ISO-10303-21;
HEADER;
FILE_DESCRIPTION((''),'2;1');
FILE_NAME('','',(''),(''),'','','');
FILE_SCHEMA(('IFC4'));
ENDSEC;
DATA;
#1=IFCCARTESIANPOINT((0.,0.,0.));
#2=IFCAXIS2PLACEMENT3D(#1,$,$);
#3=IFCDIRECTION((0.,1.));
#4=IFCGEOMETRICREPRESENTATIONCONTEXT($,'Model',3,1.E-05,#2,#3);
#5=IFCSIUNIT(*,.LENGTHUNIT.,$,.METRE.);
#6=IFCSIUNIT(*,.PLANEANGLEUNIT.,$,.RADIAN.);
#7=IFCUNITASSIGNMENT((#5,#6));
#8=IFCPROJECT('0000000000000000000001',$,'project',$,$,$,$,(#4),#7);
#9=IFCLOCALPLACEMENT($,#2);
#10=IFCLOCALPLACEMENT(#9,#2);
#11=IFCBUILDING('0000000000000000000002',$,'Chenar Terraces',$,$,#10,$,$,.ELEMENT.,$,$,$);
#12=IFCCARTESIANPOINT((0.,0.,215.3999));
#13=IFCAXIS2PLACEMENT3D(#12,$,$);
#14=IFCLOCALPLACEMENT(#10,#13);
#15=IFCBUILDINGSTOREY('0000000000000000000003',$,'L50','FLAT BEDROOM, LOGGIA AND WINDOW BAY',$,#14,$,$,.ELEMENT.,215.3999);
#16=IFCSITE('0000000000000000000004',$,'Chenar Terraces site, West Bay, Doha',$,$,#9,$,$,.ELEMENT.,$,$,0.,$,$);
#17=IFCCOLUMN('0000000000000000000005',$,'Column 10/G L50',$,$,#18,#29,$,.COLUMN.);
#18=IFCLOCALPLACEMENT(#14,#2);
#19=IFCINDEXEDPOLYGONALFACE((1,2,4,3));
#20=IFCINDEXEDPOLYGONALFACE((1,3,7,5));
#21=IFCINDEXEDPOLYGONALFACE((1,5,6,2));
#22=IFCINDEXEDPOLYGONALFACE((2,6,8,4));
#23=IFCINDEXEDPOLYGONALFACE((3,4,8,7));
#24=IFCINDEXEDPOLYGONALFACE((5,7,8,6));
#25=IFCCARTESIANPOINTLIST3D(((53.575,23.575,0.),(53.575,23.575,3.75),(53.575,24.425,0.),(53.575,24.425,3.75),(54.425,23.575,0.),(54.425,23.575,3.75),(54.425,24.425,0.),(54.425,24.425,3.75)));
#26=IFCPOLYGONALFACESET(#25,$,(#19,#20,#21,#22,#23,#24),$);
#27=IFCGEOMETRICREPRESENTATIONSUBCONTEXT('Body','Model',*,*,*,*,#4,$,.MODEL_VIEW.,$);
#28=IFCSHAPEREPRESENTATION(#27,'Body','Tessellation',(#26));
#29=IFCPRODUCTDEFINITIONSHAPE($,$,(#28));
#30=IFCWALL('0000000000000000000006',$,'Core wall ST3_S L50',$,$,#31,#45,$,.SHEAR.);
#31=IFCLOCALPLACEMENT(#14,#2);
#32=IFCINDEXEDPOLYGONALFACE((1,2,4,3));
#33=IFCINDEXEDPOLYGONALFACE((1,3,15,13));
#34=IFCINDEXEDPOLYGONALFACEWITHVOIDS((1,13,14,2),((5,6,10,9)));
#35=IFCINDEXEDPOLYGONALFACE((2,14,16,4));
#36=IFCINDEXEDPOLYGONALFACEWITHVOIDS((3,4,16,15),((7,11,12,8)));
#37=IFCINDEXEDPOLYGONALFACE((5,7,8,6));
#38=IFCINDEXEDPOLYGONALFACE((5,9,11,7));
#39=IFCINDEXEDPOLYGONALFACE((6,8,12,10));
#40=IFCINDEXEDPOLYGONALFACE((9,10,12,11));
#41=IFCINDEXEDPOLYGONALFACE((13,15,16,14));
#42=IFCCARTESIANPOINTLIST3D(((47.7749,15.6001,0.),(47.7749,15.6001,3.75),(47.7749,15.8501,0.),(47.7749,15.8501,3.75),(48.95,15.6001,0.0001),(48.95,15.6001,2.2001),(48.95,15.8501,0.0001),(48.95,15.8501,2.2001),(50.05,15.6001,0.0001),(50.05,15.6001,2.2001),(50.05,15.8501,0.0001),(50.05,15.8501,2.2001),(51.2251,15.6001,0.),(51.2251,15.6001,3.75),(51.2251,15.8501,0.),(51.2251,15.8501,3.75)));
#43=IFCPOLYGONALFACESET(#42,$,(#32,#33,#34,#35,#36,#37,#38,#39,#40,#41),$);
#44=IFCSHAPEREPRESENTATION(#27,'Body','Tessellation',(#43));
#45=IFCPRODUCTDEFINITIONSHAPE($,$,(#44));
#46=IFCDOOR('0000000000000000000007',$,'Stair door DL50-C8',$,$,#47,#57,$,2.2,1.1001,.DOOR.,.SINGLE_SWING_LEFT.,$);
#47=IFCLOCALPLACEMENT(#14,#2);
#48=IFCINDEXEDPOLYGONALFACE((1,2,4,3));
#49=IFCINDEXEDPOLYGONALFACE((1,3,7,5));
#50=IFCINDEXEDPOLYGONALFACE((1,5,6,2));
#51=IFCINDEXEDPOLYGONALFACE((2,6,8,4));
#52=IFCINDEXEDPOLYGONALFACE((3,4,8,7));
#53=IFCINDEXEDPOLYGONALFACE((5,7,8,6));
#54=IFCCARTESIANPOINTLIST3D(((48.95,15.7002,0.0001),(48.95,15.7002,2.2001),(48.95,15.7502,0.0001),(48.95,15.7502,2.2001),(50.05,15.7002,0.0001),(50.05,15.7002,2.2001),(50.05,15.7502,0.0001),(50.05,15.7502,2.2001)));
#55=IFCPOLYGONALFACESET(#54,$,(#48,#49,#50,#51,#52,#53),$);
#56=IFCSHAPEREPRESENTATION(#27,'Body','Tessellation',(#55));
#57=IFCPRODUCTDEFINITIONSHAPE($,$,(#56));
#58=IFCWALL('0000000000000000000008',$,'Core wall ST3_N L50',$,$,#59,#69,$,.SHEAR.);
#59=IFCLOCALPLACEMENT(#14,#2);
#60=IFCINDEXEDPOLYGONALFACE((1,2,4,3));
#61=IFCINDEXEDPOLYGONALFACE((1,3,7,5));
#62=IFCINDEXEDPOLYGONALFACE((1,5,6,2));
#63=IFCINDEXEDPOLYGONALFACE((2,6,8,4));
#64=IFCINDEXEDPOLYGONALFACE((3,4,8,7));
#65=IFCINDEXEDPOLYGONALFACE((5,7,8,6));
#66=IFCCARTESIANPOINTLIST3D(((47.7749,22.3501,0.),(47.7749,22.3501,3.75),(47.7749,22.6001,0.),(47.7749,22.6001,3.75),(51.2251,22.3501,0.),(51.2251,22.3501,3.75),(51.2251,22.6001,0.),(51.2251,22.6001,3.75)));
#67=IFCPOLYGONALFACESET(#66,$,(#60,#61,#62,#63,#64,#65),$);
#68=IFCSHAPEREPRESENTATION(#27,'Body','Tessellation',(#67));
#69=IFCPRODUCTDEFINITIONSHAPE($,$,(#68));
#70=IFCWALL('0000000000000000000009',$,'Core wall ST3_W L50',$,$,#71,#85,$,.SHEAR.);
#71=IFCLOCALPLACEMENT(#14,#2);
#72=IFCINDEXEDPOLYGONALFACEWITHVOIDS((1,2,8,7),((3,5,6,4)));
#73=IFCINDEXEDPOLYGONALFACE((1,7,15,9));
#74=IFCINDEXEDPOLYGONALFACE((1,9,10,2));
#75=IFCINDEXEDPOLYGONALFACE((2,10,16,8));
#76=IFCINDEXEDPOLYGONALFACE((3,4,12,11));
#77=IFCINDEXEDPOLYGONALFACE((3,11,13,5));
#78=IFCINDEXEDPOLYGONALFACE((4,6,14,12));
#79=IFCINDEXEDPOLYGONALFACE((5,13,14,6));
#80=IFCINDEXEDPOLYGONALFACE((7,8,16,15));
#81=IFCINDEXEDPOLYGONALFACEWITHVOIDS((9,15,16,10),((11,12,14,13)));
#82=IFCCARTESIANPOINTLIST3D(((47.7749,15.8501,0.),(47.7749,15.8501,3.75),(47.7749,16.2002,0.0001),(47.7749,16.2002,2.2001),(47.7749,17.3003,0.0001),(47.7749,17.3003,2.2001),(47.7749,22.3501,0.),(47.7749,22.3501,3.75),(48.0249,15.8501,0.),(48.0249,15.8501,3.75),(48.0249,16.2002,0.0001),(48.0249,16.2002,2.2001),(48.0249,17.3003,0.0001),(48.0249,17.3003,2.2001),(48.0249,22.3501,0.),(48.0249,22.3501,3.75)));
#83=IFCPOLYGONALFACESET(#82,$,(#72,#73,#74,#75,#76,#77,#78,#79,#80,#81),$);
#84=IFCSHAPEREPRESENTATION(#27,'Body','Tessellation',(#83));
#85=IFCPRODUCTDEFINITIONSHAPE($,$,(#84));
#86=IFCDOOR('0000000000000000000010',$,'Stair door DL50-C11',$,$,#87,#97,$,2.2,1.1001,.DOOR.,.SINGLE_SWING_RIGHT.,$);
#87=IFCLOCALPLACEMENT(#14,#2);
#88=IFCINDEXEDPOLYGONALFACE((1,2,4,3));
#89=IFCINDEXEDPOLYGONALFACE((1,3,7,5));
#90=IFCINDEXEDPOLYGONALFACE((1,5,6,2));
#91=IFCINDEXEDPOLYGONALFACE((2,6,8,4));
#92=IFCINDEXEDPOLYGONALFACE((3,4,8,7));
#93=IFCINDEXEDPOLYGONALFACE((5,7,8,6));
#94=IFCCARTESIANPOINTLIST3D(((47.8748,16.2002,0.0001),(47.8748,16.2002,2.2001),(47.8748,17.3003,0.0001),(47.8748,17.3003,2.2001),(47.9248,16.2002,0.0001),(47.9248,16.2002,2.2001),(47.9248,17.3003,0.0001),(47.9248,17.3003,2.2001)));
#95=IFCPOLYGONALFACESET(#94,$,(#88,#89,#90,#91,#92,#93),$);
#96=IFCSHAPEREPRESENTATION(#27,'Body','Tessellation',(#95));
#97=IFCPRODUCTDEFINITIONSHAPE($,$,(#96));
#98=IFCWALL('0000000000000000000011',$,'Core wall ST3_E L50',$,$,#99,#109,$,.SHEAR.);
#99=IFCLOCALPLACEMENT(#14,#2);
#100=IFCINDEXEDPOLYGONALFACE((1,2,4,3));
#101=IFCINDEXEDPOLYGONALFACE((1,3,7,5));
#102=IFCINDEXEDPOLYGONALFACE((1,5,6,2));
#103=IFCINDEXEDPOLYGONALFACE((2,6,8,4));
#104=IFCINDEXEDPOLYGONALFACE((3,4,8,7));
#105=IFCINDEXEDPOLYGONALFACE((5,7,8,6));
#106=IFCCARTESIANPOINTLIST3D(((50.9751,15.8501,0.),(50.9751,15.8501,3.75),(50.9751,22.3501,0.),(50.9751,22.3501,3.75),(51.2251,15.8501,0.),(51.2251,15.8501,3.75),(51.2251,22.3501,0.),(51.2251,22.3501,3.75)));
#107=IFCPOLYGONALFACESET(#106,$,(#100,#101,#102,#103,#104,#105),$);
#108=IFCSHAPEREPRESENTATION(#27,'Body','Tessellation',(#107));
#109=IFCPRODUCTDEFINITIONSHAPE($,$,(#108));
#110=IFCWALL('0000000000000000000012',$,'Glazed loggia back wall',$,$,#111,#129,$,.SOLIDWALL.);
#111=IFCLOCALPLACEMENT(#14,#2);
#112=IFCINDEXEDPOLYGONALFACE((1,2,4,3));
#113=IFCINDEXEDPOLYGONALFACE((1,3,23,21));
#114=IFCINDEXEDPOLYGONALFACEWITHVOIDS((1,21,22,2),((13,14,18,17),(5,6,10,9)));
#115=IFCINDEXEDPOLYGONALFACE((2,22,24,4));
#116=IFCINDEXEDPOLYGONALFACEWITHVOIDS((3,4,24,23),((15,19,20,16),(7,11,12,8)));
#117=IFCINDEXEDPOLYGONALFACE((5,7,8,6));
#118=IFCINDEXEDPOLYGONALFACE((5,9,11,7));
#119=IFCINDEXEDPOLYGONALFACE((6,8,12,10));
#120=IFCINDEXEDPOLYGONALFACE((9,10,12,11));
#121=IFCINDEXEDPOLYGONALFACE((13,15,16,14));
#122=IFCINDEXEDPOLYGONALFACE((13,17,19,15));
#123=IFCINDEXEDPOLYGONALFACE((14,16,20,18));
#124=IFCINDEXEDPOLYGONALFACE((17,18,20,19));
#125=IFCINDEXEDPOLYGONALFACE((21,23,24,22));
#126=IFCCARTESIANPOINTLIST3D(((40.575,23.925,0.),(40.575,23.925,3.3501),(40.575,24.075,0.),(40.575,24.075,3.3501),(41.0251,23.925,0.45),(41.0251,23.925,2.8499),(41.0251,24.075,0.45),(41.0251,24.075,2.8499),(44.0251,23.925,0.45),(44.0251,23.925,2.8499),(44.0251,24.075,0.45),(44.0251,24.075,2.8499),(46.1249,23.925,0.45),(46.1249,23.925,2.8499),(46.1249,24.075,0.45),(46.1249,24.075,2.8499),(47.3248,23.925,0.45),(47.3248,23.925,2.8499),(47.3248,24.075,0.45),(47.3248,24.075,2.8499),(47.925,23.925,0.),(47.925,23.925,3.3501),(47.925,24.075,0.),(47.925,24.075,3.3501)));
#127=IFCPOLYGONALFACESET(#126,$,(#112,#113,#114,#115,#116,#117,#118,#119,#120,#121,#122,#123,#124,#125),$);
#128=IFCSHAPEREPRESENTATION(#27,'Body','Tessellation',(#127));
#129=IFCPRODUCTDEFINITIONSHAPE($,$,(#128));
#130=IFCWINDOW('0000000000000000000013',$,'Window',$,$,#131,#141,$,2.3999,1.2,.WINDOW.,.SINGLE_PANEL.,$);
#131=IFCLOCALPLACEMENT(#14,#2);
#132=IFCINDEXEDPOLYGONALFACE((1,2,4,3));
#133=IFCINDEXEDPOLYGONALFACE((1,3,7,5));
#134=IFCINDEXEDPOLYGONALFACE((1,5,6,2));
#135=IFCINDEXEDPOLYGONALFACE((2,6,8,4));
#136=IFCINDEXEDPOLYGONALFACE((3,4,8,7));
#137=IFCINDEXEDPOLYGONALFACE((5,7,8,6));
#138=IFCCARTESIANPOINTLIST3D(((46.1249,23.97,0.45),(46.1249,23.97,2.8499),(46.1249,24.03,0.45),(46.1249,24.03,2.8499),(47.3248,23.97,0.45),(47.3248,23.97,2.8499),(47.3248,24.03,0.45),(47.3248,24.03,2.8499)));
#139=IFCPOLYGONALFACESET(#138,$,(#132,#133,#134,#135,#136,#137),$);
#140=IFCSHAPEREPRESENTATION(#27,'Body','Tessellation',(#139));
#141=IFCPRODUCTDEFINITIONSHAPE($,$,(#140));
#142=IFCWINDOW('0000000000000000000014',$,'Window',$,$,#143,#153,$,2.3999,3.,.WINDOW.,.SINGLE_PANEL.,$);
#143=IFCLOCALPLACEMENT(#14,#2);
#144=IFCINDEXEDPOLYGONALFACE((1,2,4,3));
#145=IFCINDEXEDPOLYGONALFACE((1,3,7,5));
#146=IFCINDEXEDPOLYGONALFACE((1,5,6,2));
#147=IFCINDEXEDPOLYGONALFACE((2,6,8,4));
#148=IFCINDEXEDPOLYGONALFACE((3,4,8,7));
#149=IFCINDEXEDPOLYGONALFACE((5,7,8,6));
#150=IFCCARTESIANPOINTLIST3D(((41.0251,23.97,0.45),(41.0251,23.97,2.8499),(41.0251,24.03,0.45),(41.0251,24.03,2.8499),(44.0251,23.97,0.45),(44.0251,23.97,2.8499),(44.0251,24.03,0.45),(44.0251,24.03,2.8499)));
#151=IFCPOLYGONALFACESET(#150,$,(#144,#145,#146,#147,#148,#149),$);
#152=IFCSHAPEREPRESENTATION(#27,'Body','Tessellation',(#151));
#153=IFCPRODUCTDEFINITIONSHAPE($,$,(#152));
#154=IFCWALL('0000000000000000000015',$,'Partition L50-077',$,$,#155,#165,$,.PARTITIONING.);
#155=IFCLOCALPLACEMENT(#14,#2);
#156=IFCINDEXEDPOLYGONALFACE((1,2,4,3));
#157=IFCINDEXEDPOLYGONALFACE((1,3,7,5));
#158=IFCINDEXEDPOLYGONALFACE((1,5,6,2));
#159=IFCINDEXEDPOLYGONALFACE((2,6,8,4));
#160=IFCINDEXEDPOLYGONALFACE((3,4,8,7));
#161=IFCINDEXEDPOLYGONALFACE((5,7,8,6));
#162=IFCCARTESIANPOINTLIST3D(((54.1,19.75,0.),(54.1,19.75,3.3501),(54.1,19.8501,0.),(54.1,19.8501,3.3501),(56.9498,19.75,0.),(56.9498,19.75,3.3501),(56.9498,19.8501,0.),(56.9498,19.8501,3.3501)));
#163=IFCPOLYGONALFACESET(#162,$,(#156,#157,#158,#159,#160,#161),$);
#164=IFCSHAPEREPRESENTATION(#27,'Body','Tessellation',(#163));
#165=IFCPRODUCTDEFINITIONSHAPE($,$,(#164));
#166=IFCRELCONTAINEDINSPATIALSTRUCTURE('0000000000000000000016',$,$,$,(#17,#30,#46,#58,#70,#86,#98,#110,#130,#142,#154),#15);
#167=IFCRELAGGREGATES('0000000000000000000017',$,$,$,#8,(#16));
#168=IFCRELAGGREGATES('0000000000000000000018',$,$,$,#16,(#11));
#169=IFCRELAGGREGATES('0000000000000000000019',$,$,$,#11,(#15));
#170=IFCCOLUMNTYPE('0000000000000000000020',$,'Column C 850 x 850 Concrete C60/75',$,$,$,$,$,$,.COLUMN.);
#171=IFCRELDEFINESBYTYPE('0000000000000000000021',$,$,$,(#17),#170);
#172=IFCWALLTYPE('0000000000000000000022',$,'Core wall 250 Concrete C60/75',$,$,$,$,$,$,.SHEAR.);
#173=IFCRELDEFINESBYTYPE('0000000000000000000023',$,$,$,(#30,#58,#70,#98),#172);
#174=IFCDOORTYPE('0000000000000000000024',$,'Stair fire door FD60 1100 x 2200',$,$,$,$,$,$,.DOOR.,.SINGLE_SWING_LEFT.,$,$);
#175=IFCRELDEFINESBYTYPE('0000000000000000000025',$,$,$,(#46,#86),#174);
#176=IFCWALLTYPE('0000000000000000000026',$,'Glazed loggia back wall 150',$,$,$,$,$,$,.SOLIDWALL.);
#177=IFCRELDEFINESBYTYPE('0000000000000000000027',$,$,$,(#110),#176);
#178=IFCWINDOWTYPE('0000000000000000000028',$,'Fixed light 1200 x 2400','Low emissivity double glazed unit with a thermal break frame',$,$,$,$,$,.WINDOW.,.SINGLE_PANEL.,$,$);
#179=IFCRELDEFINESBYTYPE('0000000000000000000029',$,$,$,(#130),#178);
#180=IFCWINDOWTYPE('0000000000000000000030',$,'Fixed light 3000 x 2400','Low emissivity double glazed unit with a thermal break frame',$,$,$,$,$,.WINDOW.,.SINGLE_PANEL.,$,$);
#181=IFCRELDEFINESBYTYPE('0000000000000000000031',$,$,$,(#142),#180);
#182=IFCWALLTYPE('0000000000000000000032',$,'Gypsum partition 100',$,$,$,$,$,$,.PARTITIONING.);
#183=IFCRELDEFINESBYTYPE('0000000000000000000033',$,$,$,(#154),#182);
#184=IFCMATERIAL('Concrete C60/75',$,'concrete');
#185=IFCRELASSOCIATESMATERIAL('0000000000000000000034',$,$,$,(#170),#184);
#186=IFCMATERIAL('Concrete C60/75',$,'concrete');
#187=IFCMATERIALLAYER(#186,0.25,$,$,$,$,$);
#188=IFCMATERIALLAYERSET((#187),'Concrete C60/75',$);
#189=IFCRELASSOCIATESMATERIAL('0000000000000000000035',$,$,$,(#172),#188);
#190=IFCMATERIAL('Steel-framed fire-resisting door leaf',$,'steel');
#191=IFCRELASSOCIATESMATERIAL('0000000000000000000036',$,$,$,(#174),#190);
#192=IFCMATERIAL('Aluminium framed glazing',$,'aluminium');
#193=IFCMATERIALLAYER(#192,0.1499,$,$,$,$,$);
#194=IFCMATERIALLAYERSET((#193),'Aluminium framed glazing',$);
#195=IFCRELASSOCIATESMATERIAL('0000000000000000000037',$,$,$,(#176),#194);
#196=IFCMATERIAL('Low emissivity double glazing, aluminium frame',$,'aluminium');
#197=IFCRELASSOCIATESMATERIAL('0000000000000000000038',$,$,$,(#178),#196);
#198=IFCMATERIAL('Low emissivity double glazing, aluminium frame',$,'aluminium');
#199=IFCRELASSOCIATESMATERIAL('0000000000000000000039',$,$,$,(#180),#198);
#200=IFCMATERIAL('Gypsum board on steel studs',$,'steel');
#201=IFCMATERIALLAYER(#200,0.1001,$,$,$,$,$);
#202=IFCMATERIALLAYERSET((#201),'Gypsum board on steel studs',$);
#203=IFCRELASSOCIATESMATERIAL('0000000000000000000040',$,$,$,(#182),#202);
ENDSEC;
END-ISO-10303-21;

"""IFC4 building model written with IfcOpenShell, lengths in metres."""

from ifc_helpers import new_model, si_unit, direction, frame, frame_2d, origin, origin_2d, place, context, subcontext, project, spatial, rectangle, extrude, material, layer, layer_set, material_profile, profile_set, type_object, element, fill, save


model = new_model("IFC4")

# Units and contexts
model_context = context("Model", 3, precision=1e-05, world=origin(), true_north=direction((0.0, 1.0)))
body_context = subcontext(model_context, "Body", "Model", "MODEL_VIEW")
ifc_project = project(units=[si_unit("LENGTHUNIT", "METRE"), si_unit("PLANEANGLEUNIT", "RADIAN")], contexts=[model_context])

# Site, building, storey
site_placement = place(None, origin())
site = spatial("IfcSite", under=ifc_project, at=site_placement, Name="Chenar Terraces site, West Bay, Doha", CompositionType="ELEMENT", RefElevation=0.0)
building_placement = place(site_placement, origin())
building = spatial("IfcBuilding", under=site, at=building_placement, Name="Chenar Terraces", CompositionType="ELEMENT")
storey_placement = place(building_placement, frame((0.0, 0.0, 215.3999)))
storey = spatial("IfcBuildingStorey", under=building, at=storey_placement, Name="L50", Description="FLAT BEDROOM, LOGGIA AND WINDOW BAY", CompositionType="ELEMENT", Elevation=215.3999)

# Column
ifc_material_1 = material(Name="Concrete C60/75", Category="concrete")
ifc_material_profile = material_profile(ifc_material_1, rectangle(XDim=0.8501, YDim=0.8501, at=origin_2d()), Name="C 850 x 850")
ifc_profile_set = profile_set([ifc_material_profile], Name="Concrete C60/75")
column_type = type_object("IfcColumnType", Name="Column C 850 x 850 Concrete C60/75", PredefinedType="COLUMN", material=ifc_profile_set)
column_placement = place(storey_placement, frame((54.0, 24.0, 0.0), z_axis=(0.0, 0.0, 1.0), x_axis=(1.0, 0.0, 0.0)))
element("IfcColumn", 1, at=column_placement, inside=storey, type_object=column_type, Name="Column 10/G L50", PredefinedType="COLUMN", context=body_context, shape_type="SweptSolid", body=[
    extrude(rectangle(XDim=0.8501, YDim=0.8501, at=origin_2d()), origin(), (0.0, 0.0, 1.0), 3.75),
])

# Wall, opening, door
ifc_material_2 = material(Name="Concrete C60/75", Category="concrete")
ifc_layer_1 = layer(ifc_material_2, 0.25)
ifc_layer_set_1 = layer_set([ifc_layer_1], Name="Concrete C60/75")
wall_type_1 = type_object("IfcWallType", Name="Core wall 250 Concrete C60/75", PredefinedType="SHEAR", material=ifc_layer_set_1)
wall_1_placement = place(storey_placement, frame((47.7749, 15.7251, 0.0), z_axis=(0.0, 0.0, 1.0), x_axis=(1.0, 0.0, 0.0)))
wall_1 = element("IfcWall", 2, at=wall_1_placement, inside=storey, type_object=wall_type_1, Name="Core wall ST3_S L50", PredefinedType="SHEAR", context=body_context, shape_type="SweptSolid", body=[
    extrude(rectangle(XDim=3.4502, YDim=0.25, at=frame_2d((1.7251, 0.0))), origin(), (0.0, 0.0, 1.0), 3.75),
])
opening_1_placement = place(wall_1_placement, frame((1.175, 0.0, 0.0)))
opening_1 = element("IfcOpeningElement", 3, at=opening_1_placement, cuts=wall_1, PredefinedType="OPENING", context=body_context, shape_type="SweptSolid", body=[
    extrude(rectangle(XDim=1.1001, YDim=2.2, at=frame_2d((0.55, 1.1001))), frame((0.0, 0.135, 0.0), z_axis=(0.0, -1.0, 0.0), x_axis=(1.0, 0.0, 0.0)), (0.0, 0.0, 1.0), 0.27),
])
ifc_material_3 = material(Name="Steel-framed fire-resisting door leaf", Category="steel")
door_type_1 = type_object("IfcDoorType", Name="Stair fire door FD60 1100 x 2200", OperationType="SINGLE_SWING_LEFT", PredefinedType="DOOR", material=ifc_material_3)
door_1_placement = place(opening_1_placement, frame((1.1001, 0.0, 0.0), z_axis=(0.0, 0.0, 1.0), x_axis=(-1.0, 0.0, 0.0)))
door_1 = element("IfcDoor", 4, at=door_1_placement, inside=storey, type_object=door_type_1, Name="Stair door DL50-C8", OperationType="SINGLE_SWING_LEFT", OverallHeight=2.2, OverallWidth=1.1001, PredefinedType="DOOR", context=body_context, shape_type="SweptSolid", body=[
    extrude(rectangle(XDim=1.1001, YDim=2.2, at=frame_2d((0.55, 1.1001))), frame((0.0, 0.0249, 0.0), z_axis=(0.0, -1.0, 0.0), x_axis=(1.0, 0.0, 0.0)), (0.0, 0.0, 1.0), 0.05),
])
fill(opening_1, door_1)

# Wall
wall_2_placement = place(storey_placement, frame((47.7749, 22.4751, 0.0), z_axis=(0.0, 0.0, 1.0), x_axis=(1.0, 0.0, 0.0)))
element("IfcWall", 5, at=wall_2_placement, inside=storey, type_object=wall_type_1, Name="Core wall ST3_N L50", PredefinedType="SHEAR", context=body_context, shape_type="SweptSolid", body=[
    extrude(rectangle(XDim=3.4502, YDim=0.25, at=frame_2d((1.7251, 0.0))), origin(), (0.0, 0.0, 1.0), 3.75),
])

# Wall, opening, door
wall_3_placement = place(storey_placement, frame((47.8999, 15.8501, 0.0), z_axis=(0.0, 0.0, 1.0), x_axis=(0.0, 1.0, 0.0)))
wall_3 = element("IfcWall", 6, at=wall_3_placement, inside=storey, type_object=wall_type_1, Name="Core wall ST3_W L50", PredefinedType="SHEAR", context=body_context, shape_type="SweptSolid", body=[
    extrude(rectangle(XDim=6.5, YDim=0.25, at=frame_2d((3.25, 0.0))), origin(), (0.0, 0.0, 1.0), 3.75),
])
opening_2_placement = place(wall_3_placement, frame((0.3501, 0.0, 0.0)))
opening_2 = element("IfcOpeningElement", 7, at=opening_2_placement, cuts=wall_3, PredefinedType="OPENING", context=body_context, shape_type="SweptSolid", body=[
    extrude(rectangle(XDim=1.1001, YDim=2.2, at=frame_2d((0.55, 1.1001))), frame((0.0, 0.135, 0.0), z_axis=(0.0, -1.0, 0.0), x_axis=(1.0, 0.0, 0.0)), (0.0, 0.0, 1.0), 0.27),
])
door_2_placement = place(opening_2_placement, frame((1.1001, 0.0, 0.0), z_axis=(0.0, 0.0, 1.0), x_axis=(-1.0, 0.0, 0.0)))
door_2 = element("IfcDoor", 8, at=door_2_placement, inside=storey, type_object=door_type_1, Name="Stair door DL50-C11", OperationType="SINGLE_SWING_RIGHT", OverallHeight=2.2, OverallWidth=1.1001, PredefinedType="DOOR", context=body_context, shape_type="SweptSolid", body=[
    extrude(rectangle(XDim=1.1001, YDim=2.2, at=frame_2d((0.55, 1.1001))), frame((0.0, 0.0249, 0.0), z_axis=(0.0, -1.0, 0.0), x_axis=(1.0, 0.0, 0.0)), (0.0, 0.0, 1.0), 0.05),
])
fill(opening_2, door_2)

# Wall
wall_4_placement = place(storey_placement, frame((51.1001, 15.8501, 0.0), z_axis=(0.0, 0.0, 1.0), x_axis=(0.0, 1.0, 0.0)))
element("IfcWall", 9, at=wall_4_placement, inside=storey, type_object=wall_type_1, Name="Core wall ST3_E L50", PredefinedType="SHEAR", context=body_context, shape_type="SweptSolid", body=[
    extrude(rectangle(XDim=6.5, YDim=0.25, at=frame_2d((3.25, 0.0))), origin(), (0.0, 0.0, 1.0), 3.75),
])

# Wall, openings, windows
ifc_material_4 = material(Name="Aluminium framed glazing", Category="aluminium")
ifc_layer_2 = layer(ifc_material_4, 0.1499)
ifc_layer_set_2 = layer_set([ifc_layer_2], Name="Aluminium framed glazing")
wall_type_2 = type_object("IfcWallType", Name="Glazed loggia back wall 150", PredefinedType="SOLIDWALL", material=ifc_layer_set_2)
wall_5_placement = place(storey_placement, frame((47.925, 24.0, 0.0), z_axis=(0.0, 0.0, 1.0), x_axis=(-1.0, 0.0, 0.0)))
wall_5 = element("IfcWall", 10, at=wall_5_placement, inside=storey, type_object=wall_type_2, Name="Glazed loggia back wall", PredefinedType="SOLIDWALL", context=body_context, shape_type="SweptSolid", body=[
    extrude(rectangle(XDim=7.3501, YDim=0.1499, at=frame_2d((3.675, 0.0))), origin(), (0.0, 0.0, 1.0), 3.3501),
])
opening_3_placement = place(wall_5_placement, frame((0.6001, 0.0, 0.45)))
opening_3 = element("IfcOpeningElement", 11, at=opening_3_placement, cuts=wall_5, PredefinedType="OPENING", context=body_context, shape_type="SweptSolid", body=[
    extrude(rectangle(XDim=1.2, YDim=2.3999, at=frame_2d((0.6001, 1.2))), frame((0.0, 0.085, 0.0), z_axis=(0.0, -1.0, 0.0), x_axis=(1.0, 0.0, 0.0)), (0.0, 0.0, 1.0), 0.1699),
])
opening_4_placement = place(wall_5_placement, frame((3.8999, 0.0, 0.45)))
opening_4 = element("IfcOpeningElement", 12, at=opening_4_placement, cuts=wall_5, PredefinedType="OPENING", context=body_context, shape_type="SweptSolid", body=[
    extrude(rectangle(XDim=3.0, YDim=2.3999, at=frame_2d((1.5, 1.2))), frame((0.0, 0.085, 0.0), z_axis=(0.0, -1.0, 0.0), x_axis=(1.0, 0.0, 0.0)), (0.0, 0.0, 1.0), 0.1699),
])
ifc_material_5 = material(Name="Low emissivity double glazing, aluminium frame", Category="aluminium")
window_type_1 = type_object("IfcWindowType", Name="Fixed light 1200 x 2400", Description="Low emissivity double glazed unit with a thermal break frame", PartitioningType="SINGLE_PANEL", PredefinedType="WINDOW", material=ifc_material_5)
window_1_placement = place(opening_3_placement, origin())
window_1 = element("IfcWindow", 13, at=window_1_placement, inside=storey, type_object=window_type_1, Name="Window", OverallHeight=2.3999, OverallWidth=1.2, PartitioningType="SINGLE_PANEL", PredefinedType="WINDOW", context=body_context, shape_type="SweptSolid", body=[
    extrude(rectangle(XDim=1.2, YDim=2.3999, at=frame_2d((0.6001, 1.2))), frame((0.0, 0.03, 0.0), z_axis=(0.0, -1.0, 0.0), x_axis=(1.0, 0.0, 0.0)), (0.0, 0.0, 1.0), 0.0601),
])
fill(opening_3, window_1)
ifc_material_6 = material(Name="Low emissivity double glazing, aluminium frame", Category="aluminium")
window_type_2 = type_object("IfcWindowType", Name="Fixed light 3000 x 2400", Description="Low emissivity double glazed unit with a thermal break frame", PartitioningType="SINGLE_PANEL", PredefinedType="WINDOW", material=ifc_material_6)
window_2_placement = place(opening_4_placement, origin())
window_2 = element("IfcWindow", 14, at=window_2_placement, inside=storey, type_object=window_type_2, Name="Window", OverallHeight=2.3999, OverallWidth=3.0, PartitioningType="SINGLE_PANEL", PredefinedType="WINDOW", context=body_context, shape_type="SweptSolid", body=[
    extrude(rectangle(XDim=3.0, YDim=2.3999, at=frame_2d((1.5, 1.2))), frame((0.0, 0.03, 0.0), z_axis=(0.0, -1.0, 0.0), x_axis=(1.0, 0.0, 0.0)), (0.0, 0.0, 1.0), 0.0601),
])
fill(opening_4, window_2)

# Wall
ifc_material_7 = material(Name="Gypsum board on steel studs", Category="steel")
ifc_layer_3 = layer(ifc_material_7, 0.1001)
ifc_layer_set_3 = layer_set([ifc_layer_3], Name="Gypsum board on steel studs")
wall_type_3 = type_object("IfcWallType", Name="Gypsum partition 100", PredefinedType="PARTITIONING", material=ifc_layer_set_3)
wall_6_placement = place(storey_placement, frame((54.1001, 19.8, 0.0), z_axis=(0.0, 0.0, 1.0), x_axis=(1.0, 0.0, 0.0)))
element("IfcWall", 15, at=wall_6_placement, inside=storey, type_object=wall_type_3, Name="Partition L50-077", PredefinedType="PARTITIONING", context=body_context, shape_type="SweptSolid", body=[
    extrude(rectangle(XDim=2.8499, YDim=0.1001, at=frame_2d((1.4248, 0.0))), origin(), (0.0, 0.0, 1.0), 3.3501),
])

save(model, "model.ifc")
